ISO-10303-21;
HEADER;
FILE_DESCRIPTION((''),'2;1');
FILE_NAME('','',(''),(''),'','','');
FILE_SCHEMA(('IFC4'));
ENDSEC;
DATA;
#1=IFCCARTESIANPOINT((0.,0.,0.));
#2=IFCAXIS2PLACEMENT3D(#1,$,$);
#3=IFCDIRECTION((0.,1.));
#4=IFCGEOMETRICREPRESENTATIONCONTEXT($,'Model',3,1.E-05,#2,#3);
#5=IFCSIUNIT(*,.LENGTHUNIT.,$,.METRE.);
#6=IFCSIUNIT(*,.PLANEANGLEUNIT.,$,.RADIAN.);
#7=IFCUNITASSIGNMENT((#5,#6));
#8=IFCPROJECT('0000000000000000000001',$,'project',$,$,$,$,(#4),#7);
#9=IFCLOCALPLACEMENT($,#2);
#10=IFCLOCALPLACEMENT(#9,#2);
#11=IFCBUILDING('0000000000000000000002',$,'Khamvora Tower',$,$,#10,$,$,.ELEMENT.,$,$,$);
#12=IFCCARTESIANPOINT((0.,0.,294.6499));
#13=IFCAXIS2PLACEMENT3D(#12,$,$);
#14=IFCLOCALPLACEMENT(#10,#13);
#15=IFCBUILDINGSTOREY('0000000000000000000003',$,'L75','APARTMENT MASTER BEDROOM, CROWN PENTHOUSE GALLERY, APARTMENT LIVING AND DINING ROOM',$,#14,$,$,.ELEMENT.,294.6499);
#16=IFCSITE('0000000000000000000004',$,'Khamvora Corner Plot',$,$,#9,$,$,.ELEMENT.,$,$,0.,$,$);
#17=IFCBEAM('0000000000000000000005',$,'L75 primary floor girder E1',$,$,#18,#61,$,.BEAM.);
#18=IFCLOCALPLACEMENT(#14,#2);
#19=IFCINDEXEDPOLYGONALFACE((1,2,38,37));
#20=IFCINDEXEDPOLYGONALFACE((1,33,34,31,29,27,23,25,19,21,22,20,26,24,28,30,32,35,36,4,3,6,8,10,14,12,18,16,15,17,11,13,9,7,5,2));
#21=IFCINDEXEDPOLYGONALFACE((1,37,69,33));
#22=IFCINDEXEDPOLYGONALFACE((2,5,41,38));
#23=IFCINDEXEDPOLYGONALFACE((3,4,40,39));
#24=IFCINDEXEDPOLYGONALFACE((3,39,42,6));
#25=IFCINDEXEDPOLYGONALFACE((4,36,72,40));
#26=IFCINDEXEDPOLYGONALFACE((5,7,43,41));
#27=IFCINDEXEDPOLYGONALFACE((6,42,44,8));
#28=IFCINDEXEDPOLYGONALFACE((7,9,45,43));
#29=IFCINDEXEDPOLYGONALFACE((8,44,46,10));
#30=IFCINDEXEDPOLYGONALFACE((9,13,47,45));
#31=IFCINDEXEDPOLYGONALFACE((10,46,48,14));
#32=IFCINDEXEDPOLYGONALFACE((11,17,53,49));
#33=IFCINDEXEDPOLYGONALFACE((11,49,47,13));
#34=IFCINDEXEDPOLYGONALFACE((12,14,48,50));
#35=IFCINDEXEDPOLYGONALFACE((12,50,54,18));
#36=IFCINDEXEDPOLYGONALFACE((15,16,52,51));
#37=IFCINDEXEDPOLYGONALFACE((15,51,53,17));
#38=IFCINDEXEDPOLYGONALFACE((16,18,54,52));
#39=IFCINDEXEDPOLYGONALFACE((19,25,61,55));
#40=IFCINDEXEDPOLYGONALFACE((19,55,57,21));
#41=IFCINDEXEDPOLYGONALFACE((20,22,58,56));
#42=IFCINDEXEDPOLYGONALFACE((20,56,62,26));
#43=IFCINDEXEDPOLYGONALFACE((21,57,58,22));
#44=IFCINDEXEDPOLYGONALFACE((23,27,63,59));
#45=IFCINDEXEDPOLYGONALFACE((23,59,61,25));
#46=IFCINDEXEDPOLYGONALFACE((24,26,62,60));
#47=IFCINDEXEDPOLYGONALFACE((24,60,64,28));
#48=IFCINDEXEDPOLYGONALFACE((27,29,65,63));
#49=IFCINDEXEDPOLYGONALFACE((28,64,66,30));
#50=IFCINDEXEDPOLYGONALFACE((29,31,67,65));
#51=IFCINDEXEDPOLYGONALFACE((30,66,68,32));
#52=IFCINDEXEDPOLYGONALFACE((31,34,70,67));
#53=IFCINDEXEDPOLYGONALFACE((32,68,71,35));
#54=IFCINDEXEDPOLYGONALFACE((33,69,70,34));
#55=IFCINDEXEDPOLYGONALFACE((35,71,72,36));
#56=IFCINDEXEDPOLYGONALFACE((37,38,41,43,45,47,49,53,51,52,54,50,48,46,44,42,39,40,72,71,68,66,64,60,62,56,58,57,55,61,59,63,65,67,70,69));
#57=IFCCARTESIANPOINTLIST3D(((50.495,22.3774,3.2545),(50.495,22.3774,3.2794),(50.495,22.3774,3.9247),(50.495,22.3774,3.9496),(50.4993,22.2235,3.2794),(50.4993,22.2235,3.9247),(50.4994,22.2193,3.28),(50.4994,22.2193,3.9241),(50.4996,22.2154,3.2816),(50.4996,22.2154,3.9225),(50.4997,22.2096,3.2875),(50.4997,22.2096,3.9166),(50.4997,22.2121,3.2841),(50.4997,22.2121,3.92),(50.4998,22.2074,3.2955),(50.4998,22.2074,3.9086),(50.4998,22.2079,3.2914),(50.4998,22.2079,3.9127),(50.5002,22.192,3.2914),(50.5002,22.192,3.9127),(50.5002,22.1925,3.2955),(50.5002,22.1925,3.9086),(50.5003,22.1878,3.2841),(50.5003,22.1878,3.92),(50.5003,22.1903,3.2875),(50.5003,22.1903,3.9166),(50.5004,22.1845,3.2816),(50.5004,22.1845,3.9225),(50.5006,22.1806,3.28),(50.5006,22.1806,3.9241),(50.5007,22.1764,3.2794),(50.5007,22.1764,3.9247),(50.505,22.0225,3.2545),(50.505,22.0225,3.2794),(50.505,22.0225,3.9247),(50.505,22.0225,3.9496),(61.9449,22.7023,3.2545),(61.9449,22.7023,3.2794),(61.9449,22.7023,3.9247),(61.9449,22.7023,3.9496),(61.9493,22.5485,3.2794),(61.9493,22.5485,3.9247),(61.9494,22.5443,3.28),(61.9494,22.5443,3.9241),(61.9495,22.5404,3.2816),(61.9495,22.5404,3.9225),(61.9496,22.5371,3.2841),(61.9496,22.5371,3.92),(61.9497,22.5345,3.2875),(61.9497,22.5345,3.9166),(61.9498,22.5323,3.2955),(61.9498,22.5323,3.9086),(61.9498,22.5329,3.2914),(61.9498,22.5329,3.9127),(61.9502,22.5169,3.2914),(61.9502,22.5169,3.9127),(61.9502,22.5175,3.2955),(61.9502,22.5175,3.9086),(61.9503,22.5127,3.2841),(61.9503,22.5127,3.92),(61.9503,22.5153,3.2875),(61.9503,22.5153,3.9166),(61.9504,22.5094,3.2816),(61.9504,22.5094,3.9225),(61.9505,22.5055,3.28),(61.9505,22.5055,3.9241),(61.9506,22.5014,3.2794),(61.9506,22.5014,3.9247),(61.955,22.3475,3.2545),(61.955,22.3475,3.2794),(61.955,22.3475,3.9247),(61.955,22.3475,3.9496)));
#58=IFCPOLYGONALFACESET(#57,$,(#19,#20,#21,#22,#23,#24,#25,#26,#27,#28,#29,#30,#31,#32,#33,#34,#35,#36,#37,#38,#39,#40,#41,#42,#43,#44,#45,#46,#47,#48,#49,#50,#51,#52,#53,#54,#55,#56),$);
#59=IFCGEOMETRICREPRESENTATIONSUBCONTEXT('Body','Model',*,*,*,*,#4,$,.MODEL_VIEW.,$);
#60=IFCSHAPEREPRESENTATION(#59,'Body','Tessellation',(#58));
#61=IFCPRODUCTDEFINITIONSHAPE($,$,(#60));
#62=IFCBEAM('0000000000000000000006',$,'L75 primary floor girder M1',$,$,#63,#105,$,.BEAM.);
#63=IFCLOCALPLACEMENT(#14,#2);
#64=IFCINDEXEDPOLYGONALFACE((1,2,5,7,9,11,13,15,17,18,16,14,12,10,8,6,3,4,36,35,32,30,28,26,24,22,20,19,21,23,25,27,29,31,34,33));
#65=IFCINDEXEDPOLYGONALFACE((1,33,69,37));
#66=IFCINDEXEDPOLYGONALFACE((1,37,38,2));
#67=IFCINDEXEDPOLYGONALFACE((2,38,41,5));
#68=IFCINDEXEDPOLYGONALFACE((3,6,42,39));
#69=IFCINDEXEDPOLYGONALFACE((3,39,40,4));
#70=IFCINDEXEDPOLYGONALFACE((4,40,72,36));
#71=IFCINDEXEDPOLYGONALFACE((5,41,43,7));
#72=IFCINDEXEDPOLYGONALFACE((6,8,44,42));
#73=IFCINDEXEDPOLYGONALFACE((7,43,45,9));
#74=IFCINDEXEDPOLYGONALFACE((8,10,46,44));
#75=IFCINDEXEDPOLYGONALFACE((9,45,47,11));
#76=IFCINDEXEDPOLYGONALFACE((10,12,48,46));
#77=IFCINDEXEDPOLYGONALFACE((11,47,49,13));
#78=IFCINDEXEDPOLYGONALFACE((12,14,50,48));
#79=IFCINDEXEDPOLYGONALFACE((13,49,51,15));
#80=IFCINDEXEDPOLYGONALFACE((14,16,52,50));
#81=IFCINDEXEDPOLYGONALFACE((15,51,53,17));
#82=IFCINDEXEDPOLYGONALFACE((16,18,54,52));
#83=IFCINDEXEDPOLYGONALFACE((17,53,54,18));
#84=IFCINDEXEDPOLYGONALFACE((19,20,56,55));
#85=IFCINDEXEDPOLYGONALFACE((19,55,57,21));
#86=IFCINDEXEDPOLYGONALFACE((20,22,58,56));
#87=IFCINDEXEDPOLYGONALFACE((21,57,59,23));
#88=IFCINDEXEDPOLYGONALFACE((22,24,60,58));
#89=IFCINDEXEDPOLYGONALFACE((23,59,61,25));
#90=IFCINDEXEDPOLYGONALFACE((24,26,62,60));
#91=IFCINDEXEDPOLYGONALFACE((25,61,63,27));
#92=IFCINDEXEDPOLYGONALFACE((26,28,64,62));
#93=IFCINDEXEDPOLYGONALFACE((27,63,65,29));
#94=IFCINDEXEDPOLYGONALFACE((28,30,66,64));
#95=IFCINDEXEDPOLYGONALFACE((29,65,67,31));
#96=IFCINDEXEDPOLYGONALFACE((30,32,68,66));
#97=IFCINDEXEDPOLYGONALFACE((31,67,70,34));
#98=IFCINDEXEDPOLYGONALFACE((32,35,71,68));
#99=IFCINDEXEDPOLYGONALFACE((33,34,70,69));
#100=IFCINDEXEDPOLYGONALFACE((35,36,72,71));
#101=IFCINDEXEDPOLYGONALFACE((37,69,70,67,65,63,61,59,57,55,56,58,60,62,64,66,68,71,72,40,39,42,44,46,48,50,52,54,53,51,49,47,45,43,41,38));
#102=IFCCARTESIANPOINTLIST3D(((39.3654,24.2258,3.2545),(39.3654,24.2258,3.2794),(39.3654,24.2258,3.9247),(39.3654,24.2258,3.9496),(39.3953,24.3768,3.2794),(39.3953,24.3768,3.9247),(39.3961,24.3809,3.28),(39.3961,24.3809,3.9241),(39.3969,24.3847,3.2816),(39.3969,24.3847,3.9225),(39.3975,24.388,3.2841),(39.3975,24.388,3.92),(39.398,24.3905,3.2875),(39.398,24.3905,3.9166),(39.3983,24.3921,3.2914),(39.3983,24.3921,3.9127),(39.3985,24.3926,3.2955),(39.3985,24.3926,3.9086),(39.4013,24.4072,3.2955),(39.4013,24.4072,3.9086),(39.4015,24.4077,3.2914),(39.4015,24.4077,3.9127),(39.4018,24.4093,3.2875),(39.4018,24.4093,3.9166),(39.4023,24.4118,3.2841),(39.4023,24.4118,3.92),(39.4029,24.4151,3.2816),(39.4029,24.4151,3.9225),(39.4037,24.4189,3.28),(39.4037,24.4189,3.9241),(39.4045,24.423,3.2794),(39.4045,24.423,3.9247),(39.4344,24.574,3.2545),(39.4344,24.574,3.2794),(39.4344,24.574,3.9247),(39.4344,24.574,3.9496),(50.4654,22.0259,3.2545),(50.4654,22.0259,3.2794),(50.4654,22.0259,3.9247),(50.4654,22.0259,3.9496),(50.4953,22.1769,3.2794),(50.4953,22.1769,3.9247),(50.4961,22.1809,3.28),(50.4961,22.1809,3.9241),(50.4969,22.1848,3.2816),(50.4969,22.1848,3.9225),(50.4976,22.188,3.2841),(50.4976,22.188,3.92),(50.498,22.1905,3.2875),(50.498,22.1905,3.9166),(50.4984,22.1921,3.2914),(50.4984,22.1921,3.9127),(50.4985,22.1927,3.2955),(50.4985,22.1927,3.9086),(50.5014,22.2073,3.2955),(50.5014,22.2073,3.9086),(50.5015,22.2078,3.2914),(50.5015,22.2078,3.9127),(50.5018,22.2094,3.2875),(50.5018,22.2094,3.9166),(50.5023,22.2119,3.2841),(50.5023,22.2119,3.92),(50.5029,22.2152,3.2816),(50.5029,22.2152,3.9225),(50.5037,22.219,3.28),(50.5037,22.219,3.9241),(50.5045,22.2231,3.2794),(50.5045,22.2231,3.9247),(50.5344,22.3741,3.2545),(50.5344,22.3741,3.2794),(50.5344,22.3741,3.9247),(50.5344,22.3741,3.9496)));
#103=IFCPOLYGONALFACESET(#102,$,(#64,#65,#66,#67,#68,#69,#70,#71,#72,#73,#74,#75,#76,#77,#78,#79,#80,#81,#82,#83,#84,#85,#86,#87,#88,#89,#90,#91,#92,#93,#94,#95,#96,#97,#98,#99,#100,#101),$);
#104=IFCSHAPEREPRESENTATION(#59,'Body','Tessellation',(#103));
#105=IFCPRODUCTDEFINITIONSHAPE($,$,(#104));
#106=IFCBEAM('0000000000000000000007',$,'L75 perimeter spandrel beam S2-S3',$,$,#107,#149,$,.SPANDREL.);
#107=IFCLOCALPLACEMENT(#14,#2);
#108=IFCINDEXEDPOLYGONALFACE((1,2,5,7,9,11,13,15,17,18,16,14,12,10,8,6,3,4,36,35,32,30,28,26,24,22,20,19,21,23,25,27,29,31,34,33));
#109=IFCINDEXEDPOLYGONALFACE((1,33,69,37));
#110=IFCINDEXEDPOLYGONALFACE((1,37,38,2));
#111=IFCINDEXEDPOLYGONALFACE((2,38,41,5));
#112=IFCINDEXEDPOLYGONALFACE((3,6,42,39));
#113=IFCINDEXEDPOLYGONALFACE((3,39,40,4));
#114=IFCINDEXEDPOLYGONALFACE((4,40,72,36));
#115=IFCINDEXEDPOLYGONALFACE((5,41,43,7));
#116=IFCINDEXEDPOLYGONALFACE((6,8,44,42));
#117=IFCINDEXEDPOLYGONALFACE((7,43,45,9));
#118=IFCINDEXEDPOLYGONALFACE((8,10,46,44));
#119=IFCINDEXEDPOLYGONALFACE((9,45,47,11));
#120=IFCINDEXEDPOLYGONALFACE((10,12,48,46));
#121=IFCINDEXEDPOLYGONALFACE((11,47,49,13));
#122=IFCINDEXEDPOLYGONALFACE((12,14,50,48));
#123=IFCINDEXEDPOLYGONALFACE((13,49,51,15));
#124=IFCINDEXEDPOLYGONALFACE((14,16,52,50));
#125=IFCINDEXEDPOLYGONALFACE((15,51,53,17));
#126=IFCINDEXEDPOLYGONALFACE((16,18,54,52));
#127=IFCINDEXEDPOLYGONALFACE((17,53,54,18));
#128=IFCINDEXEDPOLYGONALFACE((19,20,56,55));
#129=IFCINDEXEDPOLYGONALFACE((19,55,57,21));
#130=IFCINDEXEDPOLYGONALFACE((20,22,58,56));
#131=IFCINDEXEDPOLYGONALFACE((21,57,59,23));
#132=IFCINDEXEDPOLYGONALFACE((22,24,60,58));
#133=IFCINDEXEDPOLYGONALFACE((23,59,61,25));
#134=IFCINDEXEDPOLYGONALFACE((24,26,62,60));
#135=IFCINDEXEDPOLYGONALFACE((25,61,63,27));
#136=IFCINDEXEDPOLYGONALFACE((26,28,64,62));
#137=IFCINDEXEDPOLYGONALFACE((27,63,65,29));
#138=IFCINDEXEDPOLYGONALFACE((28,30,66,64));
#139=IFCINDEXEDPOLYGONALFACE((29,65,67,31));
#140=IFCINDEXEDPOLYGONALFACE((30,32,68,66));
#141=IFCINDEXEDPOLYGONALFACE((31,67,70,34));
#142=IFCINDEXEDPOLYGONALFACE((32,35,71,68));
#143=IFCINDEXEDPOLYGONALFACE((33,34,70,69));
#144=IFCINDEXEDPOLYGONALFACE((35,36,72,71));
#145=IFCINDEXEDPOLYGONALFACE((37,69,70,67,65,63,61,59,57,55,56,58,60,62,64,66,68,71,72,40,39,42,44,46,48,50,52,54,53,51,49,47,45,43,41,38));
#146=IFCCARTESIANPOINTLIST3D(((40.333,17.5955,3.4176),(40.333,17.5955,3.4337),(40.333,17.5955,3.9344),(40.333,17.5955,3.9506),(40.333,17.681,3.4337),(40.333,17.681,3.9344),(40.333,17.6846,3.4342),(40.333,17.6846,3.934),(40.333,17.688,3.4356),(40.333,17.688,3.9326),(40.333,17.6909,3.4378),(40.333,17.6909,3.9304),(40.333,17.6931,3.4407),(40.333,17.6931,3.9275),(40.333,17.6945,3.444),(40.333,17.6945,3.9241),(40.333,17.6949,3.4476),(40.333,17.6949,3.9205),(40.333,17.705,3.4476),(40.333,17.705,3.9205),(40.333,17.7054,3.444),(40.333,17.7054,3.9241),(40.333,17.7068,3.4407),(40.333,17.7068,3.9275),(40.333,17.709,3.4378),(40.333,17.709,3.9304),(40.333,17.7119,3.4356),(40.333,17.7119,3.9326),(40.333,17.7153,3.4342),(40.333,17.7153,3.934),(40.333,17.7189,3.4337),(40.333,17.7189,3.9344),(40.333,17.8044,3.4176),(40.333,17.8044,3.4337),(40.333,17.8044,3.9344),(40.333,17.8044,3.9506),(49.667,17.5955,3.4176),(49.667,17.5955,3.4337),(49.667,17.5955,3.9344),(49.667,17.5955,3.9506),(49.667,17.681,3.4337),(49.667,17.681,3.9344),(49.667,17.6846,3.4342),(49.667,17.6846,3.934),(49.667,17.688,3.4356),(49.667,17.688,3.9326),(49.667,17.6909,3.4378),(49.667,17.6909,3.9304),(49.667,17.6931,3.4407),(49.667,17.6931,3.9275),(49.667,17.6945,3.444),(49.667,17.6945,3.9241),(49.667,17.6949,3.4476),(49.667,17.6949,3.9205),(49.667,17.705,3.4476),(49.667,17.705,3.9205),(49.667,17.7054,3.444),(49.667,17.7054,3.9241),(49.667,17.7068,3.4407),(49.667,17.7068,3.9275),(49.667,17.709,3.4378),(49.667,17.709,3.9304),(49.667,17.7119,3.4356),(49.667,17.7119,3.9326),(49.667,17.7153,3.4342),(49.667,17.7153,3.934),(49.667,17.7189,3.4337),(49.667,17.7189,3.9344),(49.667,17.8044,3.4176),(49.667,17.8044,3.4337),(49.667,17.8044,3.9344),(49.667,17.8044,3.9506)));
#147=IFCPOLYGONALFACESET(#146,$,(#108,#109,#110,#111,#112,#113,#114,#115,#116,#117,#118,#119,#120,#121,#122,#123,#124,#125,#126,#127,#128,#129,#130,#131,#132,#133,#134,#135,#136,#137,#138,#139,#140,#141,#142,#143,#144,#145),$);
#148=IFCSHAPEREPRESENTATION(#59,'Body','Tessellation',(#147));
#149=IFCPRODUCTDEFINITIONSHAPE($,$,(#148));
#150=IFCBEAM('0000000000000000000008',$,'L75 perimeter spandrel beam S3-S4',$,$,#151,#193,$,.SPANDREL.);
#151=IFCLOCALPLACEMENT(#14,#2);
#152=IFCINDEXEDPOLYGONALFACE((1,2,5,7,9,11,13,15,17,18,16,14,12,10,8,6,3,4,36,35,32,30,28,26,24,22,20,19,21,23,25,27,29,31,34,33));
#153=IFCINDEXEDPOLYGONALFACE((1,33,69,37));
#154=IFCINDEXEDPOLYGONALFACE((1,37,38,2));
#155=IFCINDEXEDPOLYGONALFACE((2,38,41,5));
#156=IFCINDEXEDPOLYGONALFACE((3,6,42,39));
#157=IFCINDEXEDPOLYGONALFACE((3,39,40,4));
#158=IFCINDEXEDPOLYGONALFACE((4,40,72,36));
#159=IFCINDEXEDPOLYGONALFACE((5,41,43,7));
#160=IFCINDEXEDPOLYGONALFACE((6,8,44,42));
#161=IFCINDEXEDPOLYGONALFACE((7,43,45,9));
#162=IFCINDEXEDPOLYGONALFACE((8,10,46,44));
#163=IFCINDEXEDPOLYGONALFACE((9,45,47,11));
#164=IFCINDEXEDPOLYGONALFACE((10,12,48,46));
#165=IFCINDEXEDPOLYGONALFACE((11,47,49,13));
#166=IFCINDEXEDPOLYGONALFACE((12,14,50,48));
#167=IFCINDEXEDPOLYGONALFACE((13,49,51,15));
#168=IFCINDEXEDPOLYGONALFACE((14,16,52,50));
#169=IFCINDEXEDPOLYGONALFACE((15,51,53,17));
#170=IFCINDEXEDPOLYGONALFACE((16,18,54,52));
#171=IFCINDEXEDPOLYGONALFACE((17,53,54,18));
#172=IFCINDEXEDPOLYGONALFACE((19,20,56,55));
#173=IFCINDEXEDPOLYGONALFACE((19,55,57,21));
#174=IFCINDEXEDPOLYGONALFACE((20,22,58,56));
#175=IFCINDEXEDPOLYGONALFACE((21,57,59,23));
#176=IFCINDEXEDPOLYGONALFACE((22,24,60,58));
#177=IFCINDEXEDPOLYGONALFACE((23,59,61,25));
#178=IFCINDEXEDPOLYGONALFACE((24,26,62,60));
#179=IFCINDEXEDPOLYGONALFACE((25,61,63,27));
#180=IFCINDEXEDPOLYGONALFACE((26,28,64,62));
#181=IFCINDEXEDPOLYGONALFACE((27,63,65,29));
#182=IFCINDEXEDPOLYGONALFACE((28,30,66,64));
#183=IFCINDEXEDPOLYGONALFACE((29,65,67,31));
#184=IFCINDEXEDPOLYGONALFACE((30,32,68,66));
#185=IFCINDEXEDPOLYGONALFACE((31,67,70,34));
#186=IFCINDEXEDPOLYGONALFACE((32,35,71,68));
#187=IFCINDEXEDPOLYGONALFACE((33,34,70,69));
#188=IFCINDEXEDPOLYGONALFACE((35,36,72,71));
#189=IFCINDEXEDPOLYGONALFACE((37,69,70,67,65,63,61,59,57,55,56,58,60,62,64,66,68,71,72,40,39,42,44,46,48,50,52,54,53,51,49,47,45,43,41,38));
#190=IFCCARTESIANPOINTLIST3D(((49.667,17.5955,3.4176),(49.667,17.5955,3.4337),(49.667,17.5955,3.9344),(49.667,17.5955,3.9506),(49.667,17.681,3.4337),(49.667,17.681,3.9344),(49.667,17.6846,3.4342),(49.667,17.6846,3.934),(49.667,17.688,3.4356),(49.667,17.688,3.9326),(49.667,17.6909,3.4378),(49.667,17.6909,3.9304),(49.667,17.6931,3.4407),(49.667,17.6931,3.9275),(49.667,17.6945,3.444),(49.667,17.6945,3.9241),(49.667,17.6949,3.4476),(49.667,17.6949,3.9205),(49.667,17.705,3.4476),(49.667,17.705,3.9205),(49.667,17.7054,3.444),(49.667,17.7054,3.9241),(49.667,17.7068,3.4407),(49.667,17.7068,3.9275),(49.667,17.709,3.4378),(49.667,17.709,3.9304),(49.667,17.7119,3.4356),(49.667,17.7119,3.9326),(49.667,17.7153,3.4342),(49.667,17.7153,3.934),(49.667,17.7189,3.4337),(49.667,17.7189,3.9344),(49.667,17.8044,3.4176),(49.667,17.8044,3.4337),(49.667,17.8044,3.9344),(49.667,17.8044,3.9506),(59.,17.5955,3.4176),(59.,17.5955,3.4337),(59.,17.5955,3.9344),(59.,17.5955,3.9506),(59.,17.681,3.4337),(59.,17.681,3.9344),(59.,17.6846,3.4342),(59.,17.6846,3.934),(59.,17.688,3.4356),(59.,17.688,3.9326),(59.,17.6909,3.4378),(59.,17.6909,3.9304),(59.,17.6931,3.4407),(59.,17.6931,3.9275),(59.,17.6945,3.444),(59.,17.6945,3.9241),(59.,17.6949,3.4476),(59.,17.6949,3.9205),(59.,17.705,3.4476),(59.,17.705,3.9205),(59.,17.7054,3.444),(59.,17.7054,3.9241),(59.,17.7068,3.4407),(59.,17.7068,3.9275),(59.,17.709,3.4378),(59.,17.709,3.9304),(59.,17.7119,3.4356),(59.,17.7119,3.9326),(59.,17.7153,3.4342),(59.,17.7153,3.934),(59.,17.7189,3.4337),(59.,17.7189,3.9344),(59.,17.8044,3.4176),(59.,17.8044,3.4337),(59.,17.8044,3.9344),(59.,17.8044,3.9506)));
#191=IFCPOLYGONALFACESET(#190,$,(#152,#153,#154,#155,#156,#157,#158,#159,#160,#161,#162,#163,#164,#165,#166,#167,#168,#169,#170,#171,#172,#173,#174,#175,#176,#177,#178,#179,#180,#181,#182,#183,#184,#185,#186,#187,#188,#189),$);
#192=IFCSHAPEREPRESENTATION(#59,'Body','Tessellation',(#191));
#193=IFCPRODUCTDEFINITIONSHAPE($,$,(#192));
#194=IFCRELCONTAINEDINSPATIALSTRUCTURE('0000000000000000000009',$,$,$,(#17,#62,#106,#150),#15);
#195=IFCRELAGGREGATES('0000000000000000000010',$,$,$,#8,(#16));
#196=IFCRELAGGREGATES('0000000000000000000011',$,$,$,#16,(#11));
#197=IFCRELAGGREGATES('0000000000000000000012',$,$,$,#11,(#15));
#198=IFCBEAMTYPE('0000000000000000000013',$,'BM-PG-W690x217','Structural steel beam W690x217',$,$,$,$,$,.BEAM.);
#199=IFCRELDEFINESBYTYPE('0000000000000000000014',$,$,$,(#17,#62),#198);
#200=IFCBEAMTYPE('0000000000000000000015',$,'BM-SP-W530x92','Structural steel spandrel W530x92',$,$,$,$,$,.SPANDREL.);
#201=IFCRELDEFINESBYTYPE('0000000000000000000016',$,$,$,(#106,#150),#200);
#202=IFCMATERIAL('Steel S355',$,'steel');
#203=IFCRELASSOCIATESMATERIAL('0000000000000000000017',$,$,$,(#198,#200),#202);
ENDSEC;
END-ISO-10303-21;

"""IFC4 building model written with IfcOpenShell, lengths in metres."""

from ifc_helpers import new_model, si_unit, direction, frame, origin, origin_2d, place, context, subcontext, project, spatial, i_section, extrude, material, material_profile, profile_set, type_object, element, save


model = new_model("IFC4")

# Units and contexts
model_context = context("Model", 3, precision=1e-05, world=origin(), true_north=direction((0.0, 1.0)))
body_context = subcontext(model_context, "Body", "Model", "MODEL_VIEW")
ifc_project = project(units=[si_unit("LENGTHUNIT", "METRE"), si_unit("PLANEANGLEUNIT", "RADIAN")], contexts=[model_context])

# Site, building, storey
site_placement = place(None, origin())
site = spatial("IfcSite", under=ifc_project, at=site_placement, Name="Khamvora Corner Plot", CompositionType="ELEMENT", RefElevation=0.0)
building_placement = place(site_placement, origin())
building = spatial("IfcBuilding", under=site, at=building_placement, Name="Khamvora Tower", CompositionType="ELEMENT")
storey_placement = place(building_placement, frame((0.0, 0.0, 294.6499)))
storey = spatial("IfcBuildingStorey", under=building, at=storey_placement, Name="L75", Description="APARTMENT MASTER BEDROOM, CROWN PENTHOUSE GALLERY, APARTMENT LIVING AND DINING ROOM", CompositionType="ELEMENT", Elevation=294.6499)

# Shared definitions
ifc_material_1 = material(Name="Steel S355", Category="steel")

# Beams
ifc_material_profile_1 = material_profile(ifc_material_1, i_section(OverallWidth=0.355, OverallDepth=0.6951, WebThickness=0.0149, FlangeThickness=0.0249, FilletRadius=0.0161, at=origin_2d()), Name="W690x217")
ifc_profile_set_1 = profile_set([ifc_material_profile_1], Name="Steel S355")
beam_type_1 = type_object("IfcBeamType", Name="BM-PG-W690x217", Description="Structural steel beam W690x217", PredefinedType="BEAM", material=ifc_profile_set_1)
beam_1_placement = place(storey_placement, frame((50.5, 22.2, 3.6021), z_axis=(0.999598, 0.028369, 0.0), x_axis=(-0.028369, 0.999598, 0.0)))
element("IfcBeam", 1, at=beam_1_placement, inside=storey, type_object=beam_type_1, Name="L75 primary floor girder E1", PredefinedType="BEAM", context=body_context, shape_type="SweptSolid", body=[
    extrude(i_section(OverallWidth=0.355, OverallDepth=0.6951, WebThickness=0.0149, FlangeThickness=0.0249, FilletRadius=0.0161, at=origin_2d()), origin(), (0.0, 0.0, 1.0), 11.4546),
])
beam_2_placement = place(storey_placement, frame((39.3999, 24.3999, 3.6021), z_axis=(0.98092, -0.194411, 0.0), x_axis=(0.194411, 0.98092, 0.0)))
element("IfcBeam", 2, at=beam_2_placement, inside=storey, type_object=beam_type_1, Name="L75 primary floor girder M1", PredefinedType="BEAM", context=body_context, shape_type="SweptSolid", body=[
    extrude(i_section(OverallWidth=0.355, OverallDepth=0.6951, WebThickness=0.0149, FlangeThickness=0.0249, FilletRadius=0.0161, at=origin_2d()), origin(), (0.0, 0.0, 1.0), 11.3159),
])
ifc_material_profile_2 = material_profile(ifc_material_1, i_section(OverallWidth=0.209, OverallDepth=0.533, WebThickness=0.01, FlangeThickness=0.0161, FilletRadius=0.0139, at=origin_2d()), Name="W530x92")
ifc_profile_set_2 = profile_set([ifc_material_profile_2], Name="Steel S355")
beam_type_2 = type_object("IfcBeamType", Name="BM-SP-W530x92", Description="Structural steel spandrel W530x92", PredefinedType="SPANDREL", material=ifc_profile_set_2)
beam_3_placement = place(storey_placement, frame((40.333, 17.7, 3.6841), z_axis=(1.0, 0.0, 0.0), x_axis=(0.0, 1.0, 0.0)))
element("IfcBeam", 3, at=beam_3_placement, inside=storey, type_object=beam_type_2, Name="L75 perimeter spandrel beam S2-S3", PredefinedType="SPANDREL", context=body_context, shape_type="SweptSolid", body=[
    extrude(i_section(OverallWidth=0.209, OverallDepth=0.533, WebThickness=0.01, FlangeThickness=0.0161, FilletRadius=0.0139, at=origin_2d()), origin(), (0.0, 0.0, 1.0), 9.334),
])
beam_4_placement = place(storey_placement, frame((49.667, 17.7, 3.6841), z_axis=(1.0, 0.0, 0.0), x_axis=(0.0, 1.0, 0.0)))
element("IfcBeam", 4, at=beam_4_placement, inside=storey, type_object=beam_type_2, Name="L75 perimeter spandrel beam S3-S4", PredefinedType="SPANDREL", context=body_context, shape_type="SweptSolid", body=[
    extrude(i_section(OverallWidth=0.209, OverallDepth=0.533, WebThickness=0.01, FlangeThickness=0.0161, FilletRadius=0.0139, at=origin_2d()), origin(), (0.0, 0.0, 1.0), 9.333),
])

save(model, "model.ifc")
